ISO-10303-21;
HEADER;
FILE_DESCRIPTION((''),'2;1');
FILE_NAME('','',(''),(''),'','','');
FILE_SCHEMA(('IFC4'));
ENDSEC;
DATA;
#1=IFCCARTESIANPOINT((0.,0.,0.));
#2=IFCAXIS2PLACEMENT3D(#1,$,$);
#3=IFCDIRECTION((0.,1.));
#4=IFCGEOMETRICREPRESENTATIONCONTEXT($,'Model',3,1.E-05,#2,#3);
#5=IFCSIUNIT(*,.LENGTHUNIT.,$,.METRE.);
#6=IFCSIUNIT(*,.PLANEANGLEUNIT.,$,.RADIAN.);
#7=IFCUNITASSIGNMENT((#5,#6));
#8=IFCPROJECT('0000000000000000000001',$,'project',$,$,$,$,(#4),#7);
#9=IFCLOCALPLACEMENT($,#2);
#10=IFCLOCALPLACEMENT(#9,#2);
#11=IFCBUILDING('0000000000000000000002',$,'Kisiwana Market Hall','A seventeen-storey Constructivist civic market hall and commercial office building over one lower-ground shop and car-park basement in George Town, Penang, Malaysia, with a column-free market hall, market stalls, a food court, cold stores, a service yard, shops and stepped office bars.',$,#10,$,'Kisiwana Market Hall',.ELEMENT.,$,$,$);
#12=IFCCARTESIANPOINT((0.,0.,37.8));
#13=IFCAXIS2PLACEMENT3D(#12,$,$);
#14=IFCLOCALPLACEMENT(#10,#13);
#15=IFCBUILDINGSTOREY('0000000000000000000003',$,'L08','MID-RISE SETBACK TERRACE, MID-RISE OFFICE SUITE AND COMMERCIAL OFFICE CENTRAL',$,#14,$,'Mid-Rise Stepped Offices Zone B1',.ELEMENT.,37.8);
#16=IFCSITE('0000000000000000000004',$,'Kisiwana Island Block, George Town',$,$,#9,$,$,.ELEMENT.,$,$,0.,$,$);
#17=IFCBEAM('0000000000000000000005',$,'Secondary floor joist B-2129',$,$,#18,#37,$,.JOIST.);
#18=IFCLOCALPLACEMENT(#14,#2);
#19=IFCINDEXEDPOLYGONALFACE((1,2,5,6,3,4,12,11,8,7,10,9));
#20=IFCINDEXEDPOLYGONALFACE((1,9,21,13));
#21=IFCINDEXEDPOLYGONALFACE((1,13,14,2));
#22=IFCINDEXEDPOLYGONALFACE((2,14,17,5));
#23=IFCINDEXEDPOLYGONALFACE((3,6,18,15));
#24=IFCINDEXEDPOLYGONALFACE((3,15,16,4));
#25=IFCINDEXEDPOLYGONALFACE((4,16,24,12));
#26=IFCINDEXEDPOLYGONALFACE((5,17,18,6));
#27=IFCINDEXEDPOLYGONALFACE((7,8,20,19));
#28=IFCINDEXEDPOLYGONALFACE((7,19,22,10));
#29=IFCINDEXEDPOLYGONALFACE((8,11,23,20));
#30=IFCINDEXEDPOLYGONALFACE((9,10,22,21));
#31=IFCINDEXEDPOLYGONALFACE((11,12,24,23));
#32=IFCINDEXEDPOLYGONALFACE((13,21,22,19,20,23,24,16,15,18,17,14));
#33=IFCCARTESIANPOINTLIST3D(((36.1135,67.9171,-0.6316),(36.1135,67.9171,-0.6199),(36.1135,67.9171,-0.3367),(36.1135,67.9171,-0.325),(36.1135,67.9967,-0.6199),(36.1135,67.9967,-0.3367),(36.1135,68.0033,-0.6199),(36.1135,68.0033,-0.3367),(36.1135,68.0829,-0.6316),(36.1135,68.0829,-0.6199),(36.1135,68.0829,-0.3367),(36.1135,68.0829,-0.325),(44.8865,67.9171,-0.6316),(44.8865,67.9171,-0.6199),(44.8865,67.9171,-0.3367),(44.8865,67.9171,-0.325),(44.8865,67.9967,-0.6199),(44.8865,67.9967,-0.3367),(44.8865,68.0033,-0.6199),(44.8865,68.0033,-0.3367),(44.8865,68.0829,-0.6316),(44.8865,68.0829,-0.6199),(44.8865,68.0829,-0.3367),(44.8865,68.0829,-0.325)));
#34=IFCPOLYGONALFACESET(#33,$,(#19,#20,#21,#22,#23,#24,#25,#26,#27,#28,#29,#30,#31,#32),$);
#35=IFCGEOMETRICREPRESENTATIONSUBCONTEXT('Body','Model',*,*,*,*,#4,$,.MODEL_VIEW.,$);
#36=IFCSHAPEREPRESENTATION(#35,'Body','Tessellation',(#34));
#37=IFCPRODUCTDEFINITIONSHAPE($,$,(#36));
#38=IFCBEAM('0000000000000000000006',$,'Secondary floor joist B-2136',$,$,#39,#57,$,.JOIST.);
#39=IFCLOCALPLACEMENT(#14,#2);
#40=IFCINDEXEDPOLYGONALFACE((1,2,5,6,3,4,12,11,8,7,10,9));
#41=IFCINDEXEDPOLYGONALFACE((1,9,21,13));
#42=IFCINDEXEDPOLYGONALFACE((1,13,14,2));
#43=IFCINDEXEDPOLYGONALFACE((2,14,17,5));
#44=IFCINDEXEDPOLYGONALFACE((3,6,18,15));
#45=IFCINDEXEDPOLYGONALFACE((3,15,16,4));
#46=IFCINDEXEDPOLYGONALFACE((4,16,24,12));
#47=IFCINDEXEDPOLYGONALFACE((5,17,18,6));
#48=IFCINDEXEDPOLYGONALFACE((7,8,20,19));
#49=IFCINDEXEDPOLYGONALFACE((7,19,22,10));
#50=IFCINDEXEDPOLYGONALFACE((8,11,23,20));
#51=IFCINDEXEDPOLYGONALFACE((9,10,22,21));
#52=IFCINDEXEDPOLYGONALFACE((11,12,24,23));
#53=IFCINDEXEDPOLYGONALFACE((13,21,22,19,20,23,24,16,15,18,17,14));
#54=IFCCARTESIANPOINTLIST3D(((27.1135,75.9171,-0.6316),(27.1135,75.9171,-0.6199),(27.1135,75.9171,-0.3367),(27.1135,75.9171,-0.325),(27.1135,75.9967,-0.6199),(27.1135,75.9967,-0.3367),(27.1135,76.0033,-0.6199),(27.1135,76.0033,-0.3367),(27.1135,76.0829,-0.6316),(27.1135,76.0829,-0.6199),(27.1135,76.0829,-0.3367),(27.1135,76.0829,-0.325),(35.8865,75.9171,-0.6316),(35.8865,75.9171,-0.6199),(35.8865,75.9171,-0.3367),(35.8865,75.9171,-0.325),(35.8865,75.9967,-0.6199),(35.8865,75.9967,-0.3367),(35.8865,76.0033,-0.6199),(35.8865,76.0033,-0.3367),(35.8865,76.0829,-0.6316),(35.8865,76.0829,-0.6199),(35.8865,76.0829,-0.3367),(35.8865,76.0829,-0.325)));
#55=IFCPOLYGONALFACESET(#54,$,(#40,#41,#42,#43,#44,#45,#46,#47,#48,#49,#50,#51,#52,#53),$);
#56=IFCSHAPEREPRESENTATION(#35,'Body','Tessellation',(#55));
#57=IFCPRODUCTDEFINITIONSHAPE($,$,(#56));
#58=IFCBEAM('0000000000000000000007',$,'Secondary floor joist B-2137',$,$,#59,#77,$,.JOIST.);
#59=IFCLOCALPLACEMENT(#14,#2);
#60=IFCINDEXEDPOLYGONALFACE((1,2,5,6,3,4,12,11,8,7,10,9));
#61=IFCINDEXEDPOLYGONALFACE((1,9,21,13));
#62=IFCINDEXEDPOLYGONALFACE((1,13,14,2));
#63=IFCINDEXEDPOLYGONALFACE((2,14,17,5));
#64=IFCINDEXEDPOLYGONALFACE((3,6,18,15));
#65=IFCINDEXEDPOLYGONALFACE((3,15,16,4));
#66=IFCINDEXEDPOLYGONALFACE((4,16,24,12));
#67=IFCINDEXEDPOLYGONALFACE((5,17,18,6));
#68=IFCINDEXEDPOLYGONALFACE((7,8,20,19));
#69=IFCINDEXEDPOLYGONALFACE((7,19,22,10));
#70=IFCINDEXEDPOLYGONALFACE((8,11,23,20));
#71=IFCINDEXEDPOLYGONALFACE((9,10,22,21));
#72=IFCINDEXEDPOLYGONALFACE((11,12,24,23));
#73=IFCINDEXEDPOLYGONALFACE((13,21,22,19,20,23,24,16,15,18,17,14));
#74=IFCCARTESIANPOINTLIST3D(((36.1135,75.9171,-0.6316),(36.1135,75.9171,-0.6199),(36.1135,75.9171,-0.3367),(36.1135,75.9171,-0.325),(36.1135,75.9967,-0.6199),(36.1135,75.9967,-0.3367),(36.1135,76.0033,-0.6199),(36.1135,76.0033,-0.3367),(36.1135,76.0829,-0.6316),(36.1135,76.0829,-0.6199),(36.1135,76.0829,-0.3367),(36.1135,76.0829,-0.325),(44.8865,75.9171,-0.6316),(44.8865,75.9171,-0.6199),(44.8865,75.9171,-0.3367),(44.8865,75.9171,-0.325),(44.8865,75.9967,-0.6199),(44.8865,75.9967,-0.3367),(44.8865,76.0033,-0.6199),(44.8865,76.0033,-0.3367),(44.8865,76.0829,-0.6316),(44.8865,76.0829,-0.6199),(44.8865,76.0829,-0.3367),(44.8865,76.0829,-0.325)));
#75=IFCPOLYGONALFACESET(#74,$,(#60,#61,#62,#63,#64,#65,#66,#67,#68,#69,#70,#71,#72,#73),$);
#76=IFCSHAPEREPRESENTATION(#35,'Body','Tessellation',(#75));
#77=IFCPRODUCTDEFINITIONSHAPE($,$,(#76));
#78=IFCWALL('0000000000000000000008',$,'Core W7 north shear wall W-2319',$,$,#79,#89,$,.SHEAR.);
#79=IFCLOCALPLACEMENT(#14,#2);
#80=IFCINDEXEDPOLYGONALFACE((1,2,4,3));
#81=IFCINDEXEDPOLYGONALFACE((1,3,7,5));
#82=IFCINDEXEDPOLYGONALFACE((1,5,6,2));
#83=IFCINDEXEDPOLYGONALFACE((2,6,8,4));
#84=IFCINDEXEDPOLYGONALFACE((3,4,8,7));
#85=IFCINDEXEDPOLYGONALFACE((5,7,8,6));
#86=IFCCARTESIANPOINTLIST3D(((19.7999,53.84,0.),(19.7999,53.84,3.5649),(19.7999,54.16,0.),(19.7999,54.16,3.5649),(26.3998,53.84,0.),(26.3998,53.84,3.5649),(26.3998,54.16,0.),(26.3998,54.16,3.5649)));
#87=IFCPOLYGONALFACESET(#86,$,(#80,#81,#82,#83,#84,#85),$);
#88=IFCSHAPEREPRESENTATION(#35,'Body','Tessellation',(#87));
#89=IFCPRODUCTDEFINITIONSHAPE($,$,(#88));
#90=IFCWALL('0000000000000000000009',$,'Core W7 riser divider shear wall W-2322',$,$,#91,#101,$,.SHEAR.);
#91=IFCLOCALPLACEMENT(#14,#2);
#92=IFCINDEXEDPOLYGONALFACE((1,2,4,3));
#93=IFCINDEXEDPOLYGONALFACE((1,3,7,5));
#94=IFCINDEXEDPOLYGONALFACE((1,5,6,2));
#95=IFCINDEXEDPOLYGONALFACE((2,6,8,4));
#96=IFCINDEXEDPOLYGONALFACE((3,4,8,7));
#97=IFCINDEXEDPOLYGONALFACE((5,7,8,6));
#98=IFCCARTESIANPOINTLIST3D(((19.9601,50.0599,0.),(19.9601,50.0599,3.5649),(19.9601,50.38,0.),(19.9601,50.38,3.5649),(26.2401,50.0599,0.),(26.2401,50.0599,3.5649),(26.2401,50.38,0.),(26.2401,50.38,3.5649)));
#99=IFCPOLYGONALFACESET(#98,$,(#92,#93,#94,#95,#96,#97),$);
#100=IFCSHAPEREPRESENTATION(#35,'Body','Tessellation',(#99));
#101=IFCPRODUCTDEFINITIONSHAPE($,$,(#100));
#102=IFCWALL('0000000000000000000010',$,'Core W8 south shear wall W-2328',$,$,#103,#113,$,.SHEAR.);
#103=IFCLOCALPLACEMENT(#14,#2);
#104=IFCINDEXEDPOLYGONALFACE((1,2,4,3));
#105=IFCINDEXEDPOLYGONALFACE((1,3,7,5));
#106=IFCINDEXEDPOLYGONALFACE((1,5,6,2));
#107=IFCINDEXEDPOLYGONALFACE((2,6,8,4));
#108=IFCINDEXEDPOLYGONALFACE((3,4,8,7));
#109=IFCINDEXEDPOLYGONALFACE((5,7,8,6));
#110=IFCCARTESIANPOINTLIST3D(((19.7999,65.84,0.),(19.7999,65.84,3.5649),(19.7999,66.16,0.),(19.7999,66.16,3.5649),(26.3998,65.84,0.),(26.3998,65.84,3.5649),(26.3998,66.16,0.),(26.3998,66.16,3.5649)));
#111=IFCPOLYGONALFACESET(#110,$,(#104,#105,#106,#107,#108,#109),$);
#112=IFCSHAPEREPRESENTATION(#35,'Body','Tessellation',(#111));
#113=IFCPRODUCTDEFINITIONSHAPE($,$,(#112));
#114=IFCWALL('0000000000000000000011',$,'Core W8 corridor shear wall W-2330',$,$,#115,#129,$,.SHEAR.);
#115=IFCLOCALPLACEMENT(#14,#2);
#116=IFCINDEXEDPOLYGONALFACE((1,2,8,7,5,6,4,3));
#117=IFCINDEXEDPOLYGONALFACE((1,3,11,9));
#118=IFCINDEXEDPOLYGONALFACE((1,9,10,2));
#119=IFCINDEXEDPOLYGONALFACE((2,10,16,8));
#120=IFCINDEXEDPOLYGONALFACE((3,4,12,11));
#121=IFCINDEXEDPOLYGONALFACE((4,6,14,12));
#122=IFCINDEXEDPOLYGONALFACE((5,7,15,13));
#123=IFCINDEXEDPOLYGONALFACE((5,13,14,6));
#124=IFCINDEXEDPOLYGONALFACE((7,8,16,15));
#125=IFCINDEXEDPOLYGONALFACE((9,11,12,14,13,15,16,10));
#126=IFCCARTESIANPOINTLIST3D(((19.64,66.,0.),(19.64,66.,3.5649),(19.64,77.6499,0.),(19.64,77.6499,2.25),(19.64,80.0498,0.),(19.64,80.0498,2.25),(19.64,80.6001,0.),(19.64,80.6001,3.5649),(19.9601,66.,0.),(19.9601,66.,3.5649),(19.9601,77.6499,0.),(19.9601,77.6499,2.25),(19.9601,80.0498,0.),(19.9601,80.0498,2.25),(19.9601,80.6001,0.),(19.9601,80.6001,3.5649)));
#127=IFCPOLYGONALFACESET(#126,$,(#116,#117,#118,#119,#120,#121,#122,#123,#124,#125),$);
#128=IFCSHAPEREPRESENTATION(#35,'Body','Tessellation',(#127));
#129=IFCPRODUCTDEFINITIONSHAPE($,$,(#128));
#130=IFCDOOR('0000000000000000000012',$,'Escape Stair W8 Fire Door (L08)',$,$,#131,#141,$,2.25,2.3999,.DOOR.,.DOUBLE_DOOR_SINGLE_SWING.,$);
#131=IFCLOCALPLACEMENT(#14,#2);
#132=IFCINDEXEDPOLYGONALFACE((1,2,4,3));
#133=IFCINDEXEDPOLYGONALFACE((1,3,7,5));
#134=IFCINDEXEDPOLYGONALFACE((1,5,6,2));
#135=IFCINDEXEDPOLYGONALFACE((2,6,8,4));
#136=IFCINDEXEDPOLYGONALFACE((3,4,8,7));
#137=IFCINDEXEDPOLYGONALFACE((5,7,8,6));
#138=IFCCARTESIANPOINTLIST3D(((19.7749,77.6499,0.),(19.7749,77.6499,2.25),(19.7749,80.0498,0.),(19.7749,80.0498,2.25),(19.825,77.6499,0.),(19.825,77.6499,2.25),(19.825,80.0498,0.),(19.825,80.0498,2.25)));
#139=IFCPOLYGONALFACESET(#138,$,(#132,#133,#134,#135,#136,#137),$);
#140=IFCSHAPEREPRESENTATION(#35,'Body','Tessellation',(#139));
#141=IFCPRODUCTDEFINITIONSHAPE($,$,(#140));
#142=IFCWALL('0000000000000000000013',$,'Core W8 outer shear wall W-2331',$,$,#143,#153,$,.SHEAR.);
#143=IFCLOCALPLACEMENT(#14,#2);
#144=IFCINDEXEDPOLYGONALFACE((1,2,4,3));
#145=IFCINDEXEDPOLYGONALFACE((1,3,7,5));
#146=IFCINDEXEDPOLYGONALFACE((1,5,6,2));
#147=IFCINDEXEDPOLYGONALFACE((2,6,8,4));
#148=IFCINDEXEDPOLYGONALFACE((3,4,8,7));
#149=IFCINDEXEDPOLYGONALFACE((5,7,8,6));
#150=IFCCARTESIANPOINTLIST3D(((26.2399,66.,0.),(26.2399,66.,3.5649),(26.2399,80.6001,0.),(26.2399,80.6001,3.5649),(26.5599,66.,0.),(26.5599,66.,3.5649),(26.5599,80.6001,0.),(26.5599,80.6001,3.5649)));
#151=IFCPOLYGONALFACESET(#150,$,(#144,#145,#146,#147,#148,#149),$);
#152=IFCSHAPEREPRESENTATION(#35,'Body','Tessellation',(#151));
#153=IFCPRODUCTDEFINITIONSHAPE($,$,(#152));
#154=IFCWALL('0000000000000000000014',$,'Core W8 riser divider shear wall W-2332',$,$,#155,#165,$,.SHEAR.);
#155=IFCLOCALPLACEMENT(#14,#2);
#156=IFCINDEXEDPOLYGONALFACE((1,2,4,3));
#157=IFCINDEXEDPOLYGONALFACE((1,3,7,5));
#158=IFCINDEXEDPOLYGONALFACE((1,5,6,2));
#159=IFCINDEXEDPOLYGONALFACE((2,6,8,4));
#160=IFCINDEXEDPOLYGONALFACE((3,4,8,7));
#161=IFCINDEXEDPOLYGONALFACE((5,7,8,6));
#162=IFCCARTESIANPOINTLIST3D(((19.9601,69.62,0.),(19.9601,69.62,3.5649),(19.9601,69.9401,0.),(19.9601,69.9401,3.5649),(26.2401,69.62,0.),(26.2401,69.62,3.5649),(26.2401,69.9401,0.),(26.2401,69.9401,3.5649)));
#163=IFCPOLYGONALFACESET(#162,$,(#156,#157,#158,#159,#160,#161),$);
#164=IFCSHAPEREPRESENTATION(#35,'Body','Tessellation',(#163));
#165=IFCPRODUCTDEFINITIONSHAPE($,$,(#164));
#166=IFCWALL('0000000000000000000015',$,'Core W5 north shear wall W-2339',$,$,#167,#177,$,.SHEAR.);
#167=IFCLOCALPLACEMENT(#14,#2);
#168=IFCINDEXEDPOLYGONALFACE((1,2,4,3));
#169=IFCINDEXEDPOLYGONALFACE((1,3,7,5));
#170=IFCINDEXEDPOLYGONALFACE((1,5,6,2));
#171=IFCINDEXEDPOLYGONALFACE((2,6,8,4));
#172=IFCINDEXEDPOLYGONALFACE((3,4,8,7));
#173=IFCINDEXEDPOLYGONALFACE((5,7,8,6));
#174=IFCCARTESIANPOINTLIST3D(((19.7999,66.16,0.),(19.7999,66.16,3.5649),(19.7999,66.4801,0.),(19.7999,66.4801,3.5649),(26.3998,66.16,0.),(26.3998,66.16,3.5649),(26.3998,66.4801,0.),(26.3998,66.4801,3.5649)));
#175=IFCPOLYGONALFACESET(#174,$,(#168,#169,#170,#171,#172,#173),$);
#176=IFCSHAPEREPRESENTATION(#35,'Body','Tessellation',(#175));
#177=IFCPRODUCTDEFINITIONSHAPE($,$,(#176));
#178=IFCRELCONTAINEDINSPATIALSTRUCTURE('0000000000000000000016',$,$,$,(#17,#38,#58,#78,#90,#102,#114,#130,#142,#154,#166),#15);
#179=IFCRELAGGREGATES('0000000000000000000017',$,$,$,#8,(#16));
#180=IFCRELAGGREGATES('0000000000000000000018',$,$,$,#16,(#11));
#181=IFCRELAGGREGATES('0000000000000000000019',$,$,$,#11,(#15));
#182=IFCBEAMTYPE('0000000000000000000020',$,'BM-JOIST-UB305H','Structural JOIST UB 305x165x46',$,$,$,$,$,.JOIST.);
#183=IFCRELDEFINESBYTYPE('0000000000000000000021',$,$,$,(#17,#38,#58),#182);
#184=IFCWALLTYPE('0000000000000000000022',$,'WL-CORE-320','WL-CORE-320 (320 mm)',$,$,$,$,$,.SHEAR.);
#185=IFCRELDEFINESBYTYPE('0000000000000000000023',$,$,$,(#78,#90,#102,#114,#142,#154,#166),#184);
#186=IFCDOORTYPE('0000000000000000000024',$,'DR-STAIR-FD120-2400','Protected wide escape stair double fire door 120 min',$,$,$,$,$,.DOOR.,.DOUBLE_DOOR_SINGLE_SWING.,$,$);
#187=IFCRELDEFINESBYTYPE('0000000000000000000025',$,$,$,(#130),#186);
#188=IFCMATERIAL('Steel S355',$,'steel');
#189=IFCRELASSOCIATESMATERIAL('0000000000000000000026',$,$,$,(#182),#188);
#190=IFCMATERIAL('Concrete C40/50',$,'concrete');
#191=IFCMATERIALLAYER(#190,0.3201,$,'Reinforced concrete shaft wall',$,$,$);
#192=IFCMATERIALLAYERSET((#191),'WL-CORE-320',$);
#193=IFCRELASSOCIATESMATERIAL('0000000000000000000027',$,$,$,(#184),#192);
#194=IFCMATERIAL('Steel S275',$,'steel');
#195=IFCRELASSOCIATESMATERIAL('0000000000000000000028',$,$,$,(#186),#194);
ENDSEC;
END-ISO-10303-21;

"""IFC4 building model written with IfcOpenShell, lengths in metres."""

from ifc_helpers import new_model, si_unit, direction, frame, frame_2d, origin, origin_2d, place, context, subcontext, project, spatial, rectangle, i_section, extrude, material, layer, layer_set, material_profile, profile_set, type_object, element, fill, save


model = new_model("IFC4")

# Units and contexts
model_context = context("Model", 3, precision=1e-05, world=origin(), true_north=direction((0.0, 1.0)))
body_context = subcontext(model_context, "Body", "Model", "MODEL_VIEW")
ifc_project = project(units=[si_unit("LENGTHUNIT", "METRE"), si_unit("PLANEANGLEUNIT", "RADIAN")], contexts=[model_context])

# Site, building, storey
site_placement = place(None, origin())
site = spatial("IfcSite", under=ifc_project, at=site_placement, Name="Kisiwana Island Block, George Town", CompositionType="ELEMENT", RefElevation=0.0)
building_placement = place(site_placement, origin())
building = spatial("IfcBuilding", under=site, at=building_placement, Name="Kisiwana Market Hall", Description="A seventeen-storey Constructivist civic market hall and commercial office building over one lower-ground shop and car-park basement in George Town, Penang, Malaysia, with a column-free market hall, market stalls, a food court, cold stores, a service yard, shops and stepped office bars.", LongName="Kisiwana Market Hall", CompositionType="ELEMENT")
storey_placement = place(building_placement, frame((0.0, 0.0, 37.8)))
storey = spatial("IfcBuildingStorey", under=building, at=storey_placement, Name="L08", Description="MID-RISE SETBACK TERRACE, MID-RISE OFFICE SUITE AND COMMERCIAL OFFICE CENTRAL", LongName="Mid-Rise Stepped Offices Zone B1", CompositionType="ELEMENT", Elevation=37.8)

# Beams
ifc_material_1 = material(Name="Steel S355", Category="steel")
ifc_material_profile_1 = material_profile(ifc_material_1, i_section(OverallWidth=0.1658, OverallDepth=0.3066, WebThickness=0.0066, FlangeThickness=0.0117, at=origin_2d()), Name="UB 305x165x46")
ifc_profile_set_1 = profile_set([ifc_material_profile_1], Name="Steel S355")
beam_type_1 = type_object("IfcBeamType", Name="BM-JOIST-UB305H", Description="Structural JOIST UB 305x165x46", PredefinedType="JOIST", material=ifc_profile_set_1)
for number, where, z_axis, x_axis, name in (
    (1, (36.1135, 68.0, -0.4783), (1.0, 0.0, 0.0), (0.0, 1.0, 0.0), "Secondary floor joist B-2129"),
    (2, (27.1135, 76.0, -0.4783), (1.0, 0.0, 0.0), (0.0, 1.0, 0.0), "Secondary floor joist B-2136"),
    (3, (36.1135, 76.0, -0.4783), (1.0, 0.0, 0.0), (0.0, 1.0, 0.0), "Secondary floor joist B-2137"),
):
    element("IfcBeam", number, at=place(storey_placement, frame(where, z_axis=z_axis, x_axis=x_axis)), inside=storey, type_object=beam_type_1, Name=name, PredefinedType="JOIST", context=body_context, shape_type="SweptSolid", body=[
        extrude(i_section(OverallWidth=0.1658, OverallDepth=0.3066, WebThickness=0.0066, FlangeThickness=0.0117, at=origin_2d()), origin(), (0.0, 0.0, 1.0), 8.7729),
    ])

# Walls
ifc_material_2 = material(Name="Concrete C40/50", Category="concrete")
ifc_layer_1 = layer(ifc_material_2, 0.3201, Name="Reinforced concrete shaft wall")
ifc_layer_set_1 = layer_set([ifc_layer_1], Name="WL-CORE-320")
wall_type_1 = type_object("IfcWallType", Name="WL-CORE-320", Description="WL-CORE-320 (320 mm)", PredefinedType="SHEAR", material=ifc_layer_set_1)
wall_1_placement = place(storey_placement, frame((19.8, 54.0, 0.0), z_axis=(0.0, 0.0, 1.0), x_axis=(1.0, 0.0, 0.0)))
element("IfcWall", 4, at=wall_1_placement, inside=storey, type_object=wall_type_1, Name="Core W7 north shear wall W-2319", PredefinedType="SHEAR", context=body_context, shape_type="SweptSolid", body=[
    extrude(rectangle(XDim=6.5999, YDim=0.3201, at=frame_2d((3.2998, 0.0))), origin(), (0.0, 0.0, 1.0), 3.5649),
])
wall_2_placement = place(storey_placement, frame((19.96, 50.22, 0.0), z_axis=(0.0, 0.0, 1.0), x_axis=(1.0, 0.0, 0.0)))
element("IfcWall", 5, at=wall_2_placement, inside=storey, type_object=wall_type_1, Name="Core W7 riser divider shear wall W-2322", PredefinedType="SHEAR", context=body_context, shape_type="SweptSolid", body=[
    extrude(rectangle(XDim=6.28, YDim=0.3201, at=frame_2d((3.1401, 0.0))), origin(), (0.0, 0.0, 1.0), 3.5649),
])
wall_3_placement = place(storey_placement, frame((19.8, 66.0, 0.0), z_axis=(0.0, 0.0, 1.0), x_axis=(1.0, 0.0, 0.0)))
element("IfcWall", 6, at=wall_3_placement, inside=storey, type_object=wall_type_1, Name="Core W8 south shear wall W-2328", PredefinedType="SHEAR", context=body_context, shape_type="SweptSolid", body=[
    extrude(rectangle(XDim=6.5999, YDim=0.3201, at=frame_2d((3.2998, 0.0))), origin(), (0.0, 0.0, 1.0), 3.5649),
])

# Wall, opening, door
wall_4_placement = place(storey_placement, frame((19.8, 66.0, 0.0), z_axis=(0.0, 0.0, 1.0), x_axis=(0.0, 1.0, 0.0)))
wall_4 = element("IfcWall", 7, at=wall_4_placement, inside=storey, type_object=wall_type_1, Name="Core W8 corridor shear wall W-2330", PredefinedType="SHEAR", context=body_context, shape_type="SweptSolid", body=[
    extrude(rectangle(XDim=14.6001, YDim=0.3201, at=frame_2d((7.3, 0.0))), origin(), (0.0, 0.0, 1.0), 3.5649),
])
opening_1_placement = place(wall_4_placement, frame((11.6499, 0.0, 0.0)))
opening_1 = element("IfcOpeningElement", 8, at=opening_1_placement, cuts=wall_4, PredefinedType="OPENING", context=body_context, shape_type="SweptSolid", body=[
    extrude(rectangle(XDim=2.3999, YDim=2.25, at=frame_2d((1.2, 1.125))), frame((0.0, 0.1719, 0.0), z_axis=(0.0, -1.0, 0.0), x_axis=(1.0, 0.0, 0.0)), (0.0, 0.0, 1.0), 0.344),
])
ifc_material_3 = material(Name="Steel S275", Category="steel")
door_type = type_object("IfcDoorType", Name="DR-STAIR-FD120-2400", Description="Protected wide escape stair double fire door 120 min", OperationType="DOUBLE_DOOR_SINGLE_SWING", PredefinedType="DOOR", material=ifc_material_3)
door_1_placement = place(opening_1_placement, frame((2.3999, 0.0, 0.0), z_axis=(0.0, 0.0, 1.0), x_axis=(-1.0, 0.0, 0.0)))
door_1 = element("IfcDoor", 9, at=door_1_placement, inside=storey, type_object=door_type, Name="Escape Stair W8 Fire Door (L08)", OperationType="DOUBLE_DOOR_SINGLE_SWING", OverallHeight=2.25, OverallWidth=2.3999, PredefinedType="DOOR", context=body_context, shape_type="SweptSolid", body=[
    extrude(rectangle(XDim=2.3999, YDim=2.25, at=frame_2d((1.2, 1.125))), frame((0.0, 0.0249, 0.0), z_axis=(0.0, -1.0, 0.0), x_axis=(1.0, 0.0, 0.0)), (0.0, 0.0, 1.0), 0.05),
])
fill(opening_1, door_1)

# Walls
wall_5_placement = place(storey_placement, frame((26.3999, 66.0, 0.0), z_axis=(0.0, 0.0, 1.0), x_axis=(0.0, 1.0, 0.0)))
element("IfcWall", 10, at=wall_5_placement, inside=storey, type_object=wall_type_1, Name="Core W8 outer shear wall W-2331", PredefinedType="SHEAR", context=body_context, shape_type="SweptSolid", body=[
    extrude(rectangle(XDim=14.6001, YDim=0.3201, at=frame_2d((7.3, 0.0))), origin(), (0.0, 0.0, 1.0), 3.5649),
])
wall_6_placement = place(storey_placement, frame((19.96, 69.78, 0.0), z_axis=(0.0, 0.0, 1.0), x_axis=(1.0, 0.0, 0.0)))
element("IfcWall", 11, at=wall_6_placement, inside=storey, type_object=wall_type_1, Name="Core W8 riser divider shear wall W-2332", PredefinedType="SHEAR", context=body_context, shape_type="SweptSolid", body=[
    extrude(rectangle(XDim=6.28, YDim=0.3201, at=frame_2d((3.1401, 0.0))), origin(), (0.0, 0.0, 1.0), 3.5649),
])
wall_7_placement = place(storey_placement, frame((19.8, 66.3201, 0.0), z_axis=(0.0, 0.0, 1.0), x_axis=(1.0, 0.0, 0.0)))
element("IfcWall", 12, at=wall_7_placement, inside=storey, type_object=wall_type_1, Name="Core W5 north shear wall W-2339", PredefinedType="SHEAR", context=body_context, shape_type="SweptSolid", body=[
    extrude(rectangle(XDim=6.5999, YDim=0.3201, at=frame_2d((3.2998, 0.0))), origin(), (0.0, 0.0, 1.0), 3.5649),
])

save(model, "model.ifc")
